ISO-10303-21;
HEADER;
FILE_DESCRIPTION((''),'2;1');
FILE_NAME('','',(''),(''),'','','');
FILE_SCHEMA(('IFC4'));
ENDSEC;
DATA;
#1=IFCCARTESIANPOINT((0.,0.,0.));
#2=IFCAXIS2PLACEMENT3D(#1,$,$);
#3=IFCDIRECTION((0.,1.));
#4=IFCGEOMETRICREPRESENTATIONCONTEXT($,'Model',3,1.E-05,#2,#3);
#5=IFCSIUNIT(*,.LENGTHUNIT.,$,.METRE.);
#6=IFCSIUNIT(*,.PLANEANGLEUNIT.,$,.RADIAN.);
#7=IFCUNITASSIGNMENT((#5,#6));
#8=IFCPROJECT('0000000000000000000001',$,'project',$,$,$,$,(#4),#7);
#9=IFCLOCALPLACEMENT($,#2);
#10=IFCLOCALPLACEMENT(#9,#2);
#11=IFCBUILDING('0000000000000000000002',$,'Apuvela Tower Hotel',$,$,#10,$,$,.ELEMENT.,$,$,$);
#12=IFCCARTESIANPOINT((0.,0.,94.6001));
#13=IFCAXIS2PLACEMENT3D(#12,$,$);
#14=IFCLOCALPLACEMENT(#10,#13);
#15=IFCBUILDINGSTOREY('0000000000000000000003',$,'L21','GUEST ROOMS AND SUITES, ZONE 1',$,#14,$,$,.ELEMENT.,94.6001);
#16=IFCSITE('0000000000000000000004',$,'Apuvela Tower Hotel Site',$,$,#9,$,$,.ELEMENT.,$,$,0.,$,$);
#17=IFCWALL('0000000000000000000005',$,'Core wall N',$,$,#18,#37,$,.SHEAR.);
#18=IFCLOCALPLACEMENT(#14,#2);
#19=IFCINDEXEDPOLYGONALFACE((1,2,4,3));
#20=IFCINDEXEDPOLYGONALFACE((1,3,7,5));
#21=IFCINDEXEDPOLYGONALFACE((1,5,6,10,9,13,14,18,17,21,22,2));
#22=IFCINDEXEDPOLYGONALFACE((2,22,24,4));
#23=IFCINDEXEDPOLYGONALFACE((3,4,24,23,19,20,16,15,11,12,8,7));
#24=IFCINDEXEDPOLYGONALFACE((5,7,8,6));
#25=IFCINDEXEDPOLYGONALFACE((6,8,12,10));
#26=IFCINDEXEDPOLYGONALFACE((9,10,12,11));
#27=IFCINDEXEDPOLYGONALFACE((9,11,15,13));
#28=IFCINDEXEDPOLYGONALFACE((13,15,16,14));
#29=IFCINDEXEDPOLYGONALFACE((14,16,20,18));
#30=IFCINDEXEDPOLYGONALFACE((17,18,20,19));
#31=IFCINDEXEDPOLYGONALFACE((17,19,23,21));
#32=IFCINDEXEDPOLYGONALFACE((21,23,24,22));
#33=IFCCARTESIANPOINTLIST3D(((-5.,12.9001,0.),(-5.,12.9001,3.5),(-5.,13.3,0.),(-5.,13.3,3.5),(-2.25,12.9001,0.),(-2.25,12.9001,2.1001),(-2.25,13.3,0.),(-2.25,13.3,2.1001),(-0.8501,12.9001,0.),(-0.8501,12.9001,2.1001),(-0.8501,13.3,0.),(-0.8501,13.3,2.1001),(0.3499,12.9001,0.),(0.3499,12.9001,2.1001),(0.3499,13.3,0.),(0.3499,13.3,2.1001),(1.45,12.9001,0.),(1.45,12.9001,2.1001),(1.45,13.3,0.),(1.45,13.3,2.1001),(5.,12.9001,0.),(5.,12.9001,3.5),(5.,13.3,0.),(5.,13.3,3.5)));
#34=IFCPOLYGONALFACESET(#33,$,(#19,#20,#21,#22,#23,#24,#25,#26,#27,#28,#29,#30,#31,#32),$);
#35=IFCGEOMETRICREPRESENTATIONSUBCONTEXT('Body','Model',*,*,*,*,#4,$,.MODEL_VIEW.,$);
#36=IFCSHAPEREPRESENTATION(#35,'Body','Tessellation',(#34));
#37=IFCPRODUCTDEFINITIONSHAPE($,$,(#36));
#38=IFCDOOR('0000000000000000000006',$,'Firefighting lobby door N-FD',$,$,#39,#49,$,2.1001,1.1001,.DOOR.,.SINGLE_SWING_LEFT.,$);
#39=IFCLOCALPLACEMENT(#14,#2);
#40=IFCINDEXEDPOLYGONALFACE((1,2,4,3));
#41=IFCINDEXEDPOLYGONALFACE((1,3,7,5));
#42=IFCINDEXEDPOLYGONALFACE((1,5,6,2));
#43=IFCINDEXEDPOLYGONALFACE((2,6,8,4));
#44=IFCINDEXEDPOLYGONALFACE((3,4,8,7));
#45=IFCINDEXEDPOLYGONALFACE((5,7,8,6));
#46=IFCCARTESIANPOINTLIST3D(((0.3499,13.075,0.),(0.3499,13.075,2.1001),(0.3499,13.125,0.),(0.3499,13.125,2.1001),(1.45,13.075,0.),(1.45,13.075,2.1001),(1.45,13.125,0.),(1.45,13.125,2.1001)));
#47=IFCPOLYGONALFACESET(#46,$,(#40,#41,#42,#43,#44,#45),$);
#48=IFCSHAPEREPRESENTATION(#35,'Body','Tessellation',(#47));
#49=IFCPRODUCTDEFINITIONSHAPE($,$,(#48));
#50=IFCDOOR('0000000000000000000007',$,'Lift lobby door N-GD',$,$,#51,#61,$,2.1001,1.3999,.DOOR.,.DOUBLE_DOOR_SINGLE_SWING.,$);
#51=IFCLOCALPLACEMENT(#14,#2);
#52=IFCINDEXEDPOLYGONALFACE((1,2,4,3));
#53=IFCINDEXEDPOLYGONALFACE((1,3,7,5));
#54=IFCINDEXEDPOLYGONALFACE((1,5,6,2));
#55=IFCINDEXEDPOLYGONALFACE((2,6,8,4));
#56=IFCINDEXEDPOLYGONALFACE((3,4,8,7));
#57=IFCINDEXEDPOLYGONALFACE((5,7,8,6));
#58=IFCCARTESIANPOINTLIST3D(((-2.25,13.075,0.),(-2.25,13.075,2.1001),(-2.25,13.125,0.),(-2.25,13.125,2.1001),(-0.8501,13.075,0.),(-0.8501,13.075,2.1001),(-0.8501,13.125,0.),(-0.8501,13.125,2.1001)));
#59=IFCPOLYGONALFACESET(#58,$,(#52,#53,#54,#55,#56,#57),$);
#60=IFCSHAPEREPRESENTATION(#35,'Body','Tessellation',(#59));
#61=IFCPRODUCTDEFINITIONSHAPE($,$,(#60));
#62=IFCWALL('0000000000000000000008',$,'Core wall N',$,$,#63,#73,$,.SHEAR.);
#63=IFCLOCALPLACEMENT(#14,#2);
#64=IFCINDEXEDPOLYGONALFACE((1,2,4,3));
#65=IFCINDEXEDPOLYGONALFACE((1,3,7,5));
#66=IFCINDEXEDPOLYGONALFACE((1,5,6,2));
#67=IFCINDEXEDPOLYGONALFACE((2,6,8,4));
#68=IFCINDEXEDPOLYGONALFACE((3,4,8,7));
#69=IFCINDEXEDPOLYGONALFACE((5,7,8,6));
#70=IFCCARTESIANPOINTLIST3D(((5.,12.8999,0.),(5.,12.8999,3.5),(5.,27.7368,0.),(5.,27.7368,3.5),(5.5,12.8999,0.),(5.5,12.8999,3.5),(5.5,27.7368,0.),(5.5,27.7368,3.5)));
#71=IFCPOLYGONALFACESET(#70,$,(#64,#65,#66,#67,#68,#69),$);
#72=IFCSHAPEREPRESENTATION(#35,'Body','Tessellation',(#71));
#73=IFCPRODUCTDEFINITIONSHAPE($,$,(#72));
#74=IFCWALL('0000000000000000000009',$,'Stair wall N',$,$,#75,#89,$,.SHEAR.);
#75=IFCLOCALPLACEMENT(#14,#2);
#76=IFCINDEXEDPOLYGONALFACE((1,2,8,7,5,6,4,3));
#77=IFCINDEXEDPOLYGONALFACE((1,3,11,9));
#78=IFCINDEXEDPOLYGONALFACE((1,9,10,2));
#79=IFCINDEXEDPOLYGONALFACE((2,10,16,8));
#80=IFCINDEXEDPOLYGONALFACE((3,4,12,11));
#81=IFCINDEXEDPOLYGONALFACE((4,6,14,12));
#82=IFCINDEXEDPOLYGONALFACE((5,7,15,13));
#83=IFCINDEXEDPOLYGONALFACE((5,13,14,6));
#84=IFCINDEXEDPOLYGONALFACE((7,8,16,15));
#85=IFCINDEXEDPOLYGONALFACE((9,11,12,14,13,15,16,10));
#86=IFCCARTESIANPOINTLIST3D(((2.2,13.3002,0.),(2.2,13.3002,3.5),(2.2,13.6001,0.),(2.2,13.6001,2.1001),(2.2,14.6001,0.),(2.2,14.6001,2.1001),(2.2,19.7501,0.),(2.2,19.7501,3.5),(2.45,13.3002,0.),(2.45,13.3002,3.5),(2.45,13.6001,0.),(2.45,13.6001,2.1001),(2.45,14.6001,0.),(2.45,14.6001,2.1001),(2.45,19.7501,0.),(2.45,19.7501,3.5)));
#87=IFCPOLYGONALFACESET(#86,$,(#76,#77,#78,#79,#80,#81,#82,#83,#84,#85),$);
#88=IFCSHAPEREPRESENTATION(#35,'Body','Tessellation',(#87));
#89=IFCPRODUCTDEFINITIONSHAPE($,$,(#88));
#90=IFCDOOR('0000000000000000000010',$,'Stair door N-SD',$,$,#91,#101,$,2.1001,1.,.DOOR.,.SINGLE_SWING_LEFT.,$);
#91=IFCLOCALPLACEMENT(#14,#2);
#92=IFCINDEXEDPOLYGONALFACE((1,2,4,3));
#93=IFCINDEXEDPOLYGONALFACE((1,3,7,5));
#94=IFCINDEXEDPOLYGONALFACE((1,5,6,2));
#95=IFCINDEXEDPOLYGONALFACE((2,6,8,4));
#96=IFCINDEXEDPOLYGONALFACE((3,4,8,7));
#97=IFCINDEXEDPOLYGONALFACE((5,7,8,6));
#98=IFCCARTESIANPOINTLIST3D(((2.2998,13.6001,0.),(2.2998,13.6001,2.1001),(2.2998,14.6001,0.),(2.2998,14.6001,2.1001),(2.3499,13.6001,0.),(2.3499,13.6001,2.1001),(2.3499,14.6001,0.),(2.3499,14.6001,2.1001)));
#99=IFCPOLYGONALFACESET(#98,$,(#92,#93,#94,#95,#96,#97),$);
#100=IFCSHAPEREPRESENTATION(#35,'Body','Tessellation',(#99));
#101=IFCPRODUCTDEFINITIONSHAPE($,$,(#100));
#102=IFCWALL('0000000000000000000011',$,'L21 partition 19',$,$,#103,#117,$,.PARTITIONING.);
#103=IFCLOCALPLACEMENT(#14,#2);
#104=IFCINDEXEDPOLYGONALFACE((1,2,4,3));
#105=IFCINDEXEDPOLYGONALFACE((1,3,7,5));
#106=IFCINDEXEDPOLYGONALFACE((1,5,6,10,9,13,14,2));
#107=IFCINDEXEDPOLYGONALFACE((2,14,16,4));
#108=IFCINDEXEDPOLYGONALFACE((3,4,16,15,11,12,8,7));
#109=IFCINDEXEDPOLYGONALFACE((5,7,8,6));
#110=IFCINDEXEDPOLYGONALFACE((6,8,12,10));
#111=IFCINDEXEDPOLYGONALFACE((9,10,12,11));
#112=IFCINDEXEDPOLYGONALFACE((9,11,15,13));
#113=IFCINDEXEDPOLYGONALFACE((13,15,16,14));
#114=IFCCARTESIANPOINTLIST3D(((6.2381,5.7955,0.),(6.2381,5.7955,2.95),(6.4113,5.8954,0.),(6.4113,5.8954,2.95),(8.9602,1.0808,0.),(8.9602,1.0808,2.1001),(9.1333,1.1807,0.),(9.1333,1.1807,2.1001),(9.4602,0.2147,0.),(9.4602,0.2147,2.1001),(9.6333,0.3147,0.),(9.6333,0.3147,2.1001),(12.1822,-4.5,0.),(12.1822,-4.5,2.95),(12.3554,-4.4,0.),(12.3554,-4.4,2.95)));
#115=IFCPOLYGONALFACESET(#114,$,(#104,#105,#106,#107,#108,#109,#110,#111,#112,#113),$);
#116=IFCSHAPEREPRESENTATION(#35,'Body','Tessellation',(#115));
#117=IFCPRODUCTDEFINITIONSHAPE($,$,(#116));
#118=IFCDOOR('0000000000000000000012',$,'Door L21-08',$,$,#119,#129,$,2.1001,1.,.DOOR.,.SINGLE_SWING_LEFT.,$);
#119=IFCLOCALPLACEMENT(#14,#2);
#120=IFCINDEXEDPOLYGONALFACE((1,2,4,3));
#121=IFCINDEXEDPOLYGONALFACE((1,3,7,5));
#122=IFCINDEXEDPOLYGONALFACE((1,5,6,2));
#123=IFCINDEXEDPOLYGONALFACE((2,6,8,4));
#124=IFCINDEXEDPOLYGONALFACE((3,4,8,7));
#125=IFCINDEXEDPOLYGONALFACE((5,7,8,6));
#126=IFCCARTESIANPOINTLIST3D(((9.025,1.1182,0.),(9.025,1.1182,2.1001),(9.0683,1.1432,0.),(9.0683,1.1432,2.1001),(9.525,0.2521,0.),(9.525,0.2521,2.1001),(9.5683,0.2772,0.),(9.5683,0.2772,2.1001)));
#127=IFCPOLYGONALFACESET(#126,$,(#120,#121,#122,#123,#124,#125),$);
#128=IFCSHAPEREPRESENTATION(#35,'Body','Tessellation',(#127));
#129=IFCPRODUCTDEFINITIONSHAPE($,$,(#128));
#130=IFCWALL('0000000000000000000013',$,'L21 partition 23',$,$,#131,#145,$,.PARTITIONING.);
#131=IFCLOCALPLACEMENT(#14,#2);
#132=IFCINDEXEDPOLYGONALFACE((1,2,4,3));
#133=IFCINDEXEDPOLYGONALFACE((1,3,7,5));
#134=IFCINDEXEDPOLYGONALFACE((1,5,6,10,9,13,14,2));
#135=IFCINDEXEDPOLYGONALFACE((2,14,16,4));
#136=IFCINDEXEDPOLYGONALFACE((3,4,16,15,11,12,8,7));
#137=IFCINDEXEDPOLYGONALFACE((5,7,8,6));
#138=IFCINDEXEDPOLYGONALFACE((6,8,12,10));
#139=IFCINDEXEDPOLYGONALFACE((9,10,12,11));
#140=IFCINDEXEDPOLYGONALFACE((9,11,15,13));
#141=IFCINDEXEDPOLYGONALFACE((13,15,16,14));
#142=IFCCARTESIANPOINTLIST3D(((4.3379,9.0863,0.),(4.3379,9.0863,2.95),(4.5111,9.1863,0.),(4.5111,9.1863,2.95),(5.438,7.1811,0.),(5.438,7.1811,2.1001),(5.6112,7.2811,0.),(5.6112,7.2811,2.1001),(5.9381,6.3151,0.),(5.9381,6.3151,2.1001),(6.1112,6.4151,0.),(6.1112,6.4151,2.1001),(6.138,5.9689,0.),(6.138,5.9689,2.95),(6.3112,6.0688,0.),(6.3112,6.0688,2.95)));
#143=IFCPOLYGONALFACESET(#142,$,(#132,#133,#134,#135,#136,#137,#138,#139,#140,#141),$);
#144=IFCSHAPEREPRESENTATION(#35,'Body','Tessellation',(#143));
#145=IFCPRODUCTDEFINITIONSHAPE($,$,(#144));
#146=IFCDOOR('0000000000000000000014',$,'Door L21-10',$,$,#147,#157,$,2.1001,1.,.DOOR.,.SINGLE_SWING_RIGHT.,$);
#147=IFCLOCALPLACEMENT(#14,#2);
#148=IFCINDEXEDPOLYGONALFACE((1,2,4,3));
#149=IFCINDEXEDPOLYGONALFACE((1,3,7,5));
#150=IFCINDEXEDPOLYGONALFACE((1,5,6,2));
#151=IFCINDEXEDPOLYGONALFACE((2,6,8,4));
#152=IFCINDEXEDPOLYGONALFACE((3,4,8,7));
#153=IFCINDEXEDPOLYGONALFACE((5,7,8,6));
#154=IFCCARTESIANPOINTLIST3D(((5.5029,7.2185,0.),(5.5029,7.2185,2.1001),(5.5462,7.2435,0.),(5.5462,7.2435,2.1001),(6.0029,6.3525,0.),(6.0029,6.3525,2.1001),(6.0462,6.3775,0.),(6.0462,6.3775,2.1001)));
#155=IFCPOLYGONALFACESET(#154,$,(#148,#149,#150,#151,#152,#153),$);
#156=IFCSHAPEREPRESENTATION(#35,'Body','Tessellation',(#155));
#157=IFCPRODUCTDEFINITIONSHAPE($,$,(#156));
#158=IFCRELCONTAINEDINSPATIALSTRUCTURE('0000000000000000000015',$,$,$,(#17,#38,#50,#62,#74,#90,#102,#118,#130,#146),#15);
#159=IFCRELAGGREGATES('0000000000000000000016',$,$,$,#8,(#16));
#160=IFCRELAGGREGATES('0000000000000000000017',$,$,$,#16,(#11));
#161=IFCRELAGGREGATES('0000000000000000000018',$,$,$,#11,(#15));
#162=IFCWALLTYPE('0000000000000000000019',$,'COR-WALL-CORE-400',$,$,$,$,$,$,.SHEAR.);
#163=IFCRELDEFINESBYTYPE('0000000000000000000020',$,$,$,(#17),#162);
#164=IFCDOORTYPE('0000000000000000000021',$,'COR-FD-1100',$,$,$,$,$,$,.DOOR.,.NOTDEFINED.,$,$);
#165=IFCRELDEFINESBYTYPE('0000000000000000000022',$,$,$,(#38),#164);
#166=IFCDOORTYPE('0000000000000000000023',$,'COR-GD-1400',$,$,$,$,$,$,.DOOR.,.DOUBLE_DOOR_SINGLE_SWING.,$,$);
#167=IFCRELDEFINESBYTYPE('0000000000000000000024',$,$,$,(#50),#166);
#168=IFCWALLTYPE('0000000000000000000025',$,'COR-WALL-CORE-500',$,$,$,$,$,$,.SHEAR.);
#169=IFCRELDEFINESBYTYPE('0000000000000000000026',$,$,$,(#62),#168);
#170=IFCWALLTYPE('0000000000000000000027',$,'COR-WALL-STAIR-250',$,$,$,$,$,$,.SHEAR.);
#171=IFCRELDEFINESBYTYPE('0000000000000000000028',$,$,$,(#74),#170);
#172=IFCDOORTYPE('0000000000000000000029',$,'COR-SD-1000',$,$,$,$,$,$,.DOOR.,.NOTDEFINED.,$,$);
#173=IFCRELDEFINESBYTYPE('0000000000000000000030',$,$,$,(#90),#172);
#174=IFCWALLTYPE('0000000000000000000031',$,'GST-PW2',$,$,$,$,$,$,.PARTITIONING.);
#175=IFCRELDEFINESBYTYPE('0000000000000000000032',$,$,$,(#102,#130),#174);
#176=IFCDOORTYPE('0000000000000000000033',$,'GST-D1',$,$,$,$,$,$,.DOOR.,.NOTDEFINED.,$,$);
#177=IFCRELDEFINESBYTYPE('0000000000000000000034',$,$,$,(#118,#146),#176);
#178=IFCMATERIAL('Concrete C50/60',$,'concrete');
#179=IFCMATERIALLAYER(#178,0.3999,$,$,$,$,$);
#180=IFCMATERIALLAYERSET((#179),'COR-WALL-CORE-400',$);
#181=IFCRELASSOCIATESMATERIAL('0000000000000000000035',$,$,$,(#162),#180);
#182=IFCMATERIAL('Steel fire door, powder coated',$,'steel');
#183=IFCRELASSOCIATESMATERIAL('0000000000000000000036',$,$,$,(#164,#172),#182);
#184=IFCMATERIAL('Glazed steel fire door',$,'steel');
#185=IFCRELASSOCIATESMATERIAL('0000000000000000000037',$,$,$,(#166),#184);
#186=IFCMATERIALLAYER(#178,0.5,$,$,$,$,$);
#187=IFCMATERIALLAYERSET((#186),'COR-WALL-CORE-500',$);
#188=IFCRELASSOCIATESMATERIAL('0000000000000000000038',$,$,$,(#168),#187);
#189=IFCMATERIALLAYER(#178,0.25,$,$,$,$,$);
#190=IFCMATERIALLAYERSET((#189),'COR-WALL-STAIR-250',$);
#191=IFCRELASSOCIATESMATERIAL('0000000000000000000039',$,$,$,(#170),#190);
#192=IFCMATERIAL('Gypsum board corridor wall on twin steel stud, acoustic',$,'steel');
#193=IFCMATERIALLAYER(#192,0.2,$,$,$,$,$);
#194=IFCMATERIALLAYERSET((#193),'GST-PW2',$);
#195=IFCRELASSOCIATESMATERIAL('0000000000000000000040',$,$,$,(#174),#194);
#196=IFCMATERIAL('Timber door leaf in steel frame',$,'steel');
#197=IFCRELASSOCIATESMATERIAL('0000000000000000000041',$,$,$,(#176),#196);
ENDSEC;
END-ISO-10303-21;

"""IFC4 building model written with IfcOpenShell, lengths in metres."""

from ifc_helpers import new_model, si_unit, direction, frame, frame_2d, origin, place, context, subcontext, project, spatial, rectangle, extrude, material, layer, layer_set, type_object, element, fill, save


model = new_model("IFC4")

# Units and contexts
model_context = context("Model", 3, precision=1e-05, world=origin(), true_north=direction((0.0, 1.0)))
body_context = subcontext(model_context, "Body", "Model", "MODEL_VIEW")
ifc_project = project(units=[si_unit("LENGTHUNIT", "METRE"), si_unit("PLANEANGLEUNIT", "RADIAN")], contexts=[model_context])

# Site, building, storey
site_placement = place(None, origin())
site = spatial("IfcSite", under=ifc_project, at=site_placement, Name="Apuvela Tower Hotel Site", CompositionType="ELEMENT", RefElevation=0.0)
building_placement = place(site_placement, origin())
building = spatial("IfcBuilding", under=site, at=building_placement, Name="Apuvela Tower Hotel", CompositionType="ELEMENT")
storey_placement = place(building_placement, frame((0.0, 0.0, 94.6001)))
storey = spatial("IfcBuildingStorey", under=building, at=storey_placement, Name="L21", Description="GUEST ROOMS AND SUITES, ZONE 1", CompositionType="ELEMENT", Elevation=94.6001)

# Shared definitions
ifc_material_1 = material(Name="Concrete C50/60", Category="concrete")

# Wall, openings, doors
ifc_layer_1 = layer(ifc_material_1, 0.3999)
ifc_layer_set_1 = layer_set([ifc_layer_1], Name="COR-WALL-CORE-400")
wall_type_1 = type_object("IfcWallType", Name="COR-WALL-CORE-400", PredefinedType="SHEAR", material=ifc_layer_set_1)
wall_1_placement = place(storey_placement, frame((5.0, 13.1001, 0.0), z_axis=(0.0, 0.0, 1.0), x_axis=(-1.0, 0.0, 0.0)))
wall_1 = element("IfcWall", 1, at=wall_1_placement, inside=storey, type_object=wall_type_1, Name="Core wall N", PredefinedType="SHEAR", context=body_context, shape_type="SweptSolid", body=[
    extrude(rectangle(XDim=10.0, YDim=0.3999, at=frame_2d((5.0, 0.0))), origin(), (0.0, 0.0, 1.0), 3.5),
])
opening_1_placement = place(wall_1_placement, frame((3.55, 0.0, 0.0)))
opening_1 = element("IfcOpeningElement", 2, at=opening_1_placement, cuts=wall_1, PredefinedType="OPENING", context=body_context, shape_type="SweptSolid", body=[
    extrude(rectangle(XDim=1.1001, YDim=2.1001, at=frame_2d((0.55, 1.05))), frame((0.0, 0.21, 0.0), z_axis=(0.0, -1.0, 0.0), x_axis=(1.0, 0.0, 0.0)), (0.0, 0.0, 1.0), 0.4199),
])
opening_2_placement = place(wall_1_placement, frame((5.8501, 0.0, 0.0)))
opening_2 = element("IfcOpeningElement", 3, at=opening_2_placement, cuts=wall_1, PredefinedType="OPENING", context=body_context, shape_type="SweptSolid", body=[
    extrude(rectangle(XDim=1.3999, YDim=2.1001, at=frame_2d((0.7, 1.05))), frame((0.0, 0.21, 0.0), z_axis=(0.0, -1.0, 0.0), x_axis=(1.0, 0.0, 0.0)), (0.0, 0.0, 1.0), 0.4199),
])
ifc_material_2 = material(Name="Steel fire door, powder coated", Category="steel")
door_type_1 = type_object("IfcDoorType", Name="COR-FD-1100", OperationType="NOTDEFINED", PredefinedType="DOOR", material=ifc_material_2)
door_1_placement = place(opening_1_placement, frame((1.1001, 0.0, 0.0), z_axis=(0.0, 0.0, 1.0), x_axis=(-1.0, 0.0, 0.0)))
door_1 = element("IfcDoor", 4, at=door_1_placement, inside=storey, type_object=door_type_1, Name="Firefighting lobby door N-FD", OperationType="SINGLE_SWING_LEFT", OverallHeight=2.1001, OverallWidth=1.1001, PredefinedType="DOOR", context=body_context, shape_type="SweptSolid", body=[
    extrude(rectangle(XDim=1.1001, YDim=2.1001, at=frame_2d((0.55, 1.05))), frame((0.0, 0.0249, 0.0), z_axis=(0.0, -1.0, 0.0), x_axis=(1.0, 0.0, 0.0)), (0.0, 0.0, 1.0), 0.05),
])
fill(opening_1, door_1)
ifc_material_3 = material(Name="Glazed steel fire door", Category="steel")
door_type_2 = type_object("IfcDoorType", Name="COR-GD-1400", OperationType="DOUBLE_DOOR_SINGLE_SWING", PredefinedType="DOOR", material=ifc_material_3)
door_2_placement = place(opening_2_placement, frame((1.3999, 0.0, 0.0), z_axis=(0.0, 0.0, 1.0), x_axis=(-1.0, 0.0, 0.0)))
door_2 = element("IfcDoor", 5, at=door_2_placement, inside=storey, type_object=door_type_2, Name="Lift lobby door N-GD", OperationType="DOUBLE_DOOR_SINGLE_SWING", OverallHeight=2.1001, OverallWidth=1.3999, PredefinedType="DOOR", context=body_context, shape_type="SweptSolid", body=[
    extrude(rectangle(XDim=1.3999, YDim=2.1001, at=frame_2d((0.7, 1.05))), frame((0.0, 0.0249, 0.0), z_axis=(0.0, -1.0, 0.0), x_axis=(1.0, 0.0, 0.0)), (0.0, 0.0, 1.0), 0.05),
])
fill(opening_2, door_2)

# Wall
ifc_layer_2 = layer(ifc_material_1, 0.5)
ifc_layer_set_2 = layer_set([ifc_layer_2], Name="COR-WALL-CORE-500")
wall_type_2 = type_object("IfcWallType", Name="COR-WALL-CORE-500", PredefinedType="SHEAR", material=ifc_layer_set_2)
wall_2_placement = place(storey_placement, frame((5.25, 12.8999, 0.0), z_axis=(0.0, 0.0, 1.0), x_axis=(0.0, 1.0, 0.0)))
element("IfcWall", 6, at=wall_2_placement, inside=storey, type_object=wall_type_2, Name="Core wall N", PredefinedType="SHEAR", context=body_context, shape_type="SweptSolid", body=[
    extrude(rectangle(XDim=14.8369, YDim=0.5, at=frame_2d((7.4185, 0.0))), origin(), (0.0, 0.0, 1.0), 3.5),
])

# Walls, openings, doors
ifc_layer_3 = layer(ifc_material_1, 0.25)
ifc_layer_set_3 = layer_set([ifc_layer_3], Name="COR-WALL-STAIR-250")
wall_type_3 = type_object("IfcWallType", Name="COR-WALL-STAIR-250", PredefinedType="SHEAR", material=ifc_layer_set_3)
wall_3_placement = place(storey_placement, frame((2.325, 13.3, 0.0), z_axis=(0.0, 0.0, 1.0), x_axis=(0.0, 1.0, 0.0)))
wall_3 = element("IfcWall", 7, at=wall_3_placement, inside=storey, type_object=wall_type_3, Name="Stair wall N", PredefinedType="SHEAR", context=body_context, shape_type="SweptSolid", body=[
    extrude(rectangle(XDim=6.45, YDim=0.25, at=frame_2d((3.2251, 0.0))), origin(), (0.0, 0.0, 1.0), 3.5),
])
opening_3_placement = place(wall_3_placement, frame((0.3, 0.0, 0.0)))
opening_3 = element("IfcOpeningElement", 8, at=opening_3_placement, cuts=wall_3, PredefinedType="OPENING", context=body_context, shape_type="SweptSolid", body=[
    extrude(rectangle(XDim=1.0, YDim=2.1001, at=frame_2d((0.5, 1.05))), frame((0.0, 0.135, 0.0), z_axis=(0.0, -1.0, 0.0), x_axis=(1.0, 0.0, 0.0)), (0.0, 0.0, 1.0), 0.27),
])
door_type_3 = type_object("IfcDoorType", Name="COR-SD-1000", OperationType="NOTDEFINED", PredefinedType="DOOR", material=ifc_material_2)
door_3_placement = place(opening_3_placement, frame((1.0, 0.0, 0.0), z_axis=(0.0, 0.0, 1.0), x_axis=(-1.0, 0.0, 0.0)))
door_3 = element("IfcDoor", 9, at=door_3_placement, inside=storey, type_object=door_type_3, Name="Stair door N-SD", OperationType="SINGLE_SWING_LEFT", OverallHeight=2.1001, OverallWidth=1.0, PredefinedType="DOOR", context=body_context, shape_type="SweptSolid", body=[
    extrude(rectangle(XDim=1.0, YDim=2.1001, at=frame_2d((0.5, 1.05))), frame((0.0, 0.0249, 0.0), z_axis=(0.0, -1.0, 0.0), x_axis=(1.0, 0.0, 0.0)), (0.0, 0.0, 1.0), 0.05),
])
fill(opening_3, door_3)
ifc_material_4 = material(Name="Gypsum board corridor wall on twin steel stud, acoustic", Category="steel")
ifc_layer_4 = layer(ifc_material_4, 0.2)
ifc_layer_set_4 = layer_set([ifc_layer_4], Name="GST-PW2")
wall_type_4 = type_object("IfcWallType", Name="GST-PW2", PredefinedType="PARTITIONING", material=ifc_layer_set_4)
wall_4_placement = place(storey_placement, frame((6.3247, 5.8455, 0.0), z_axis=(0.0, 0.0, 1.0), x_axis=(0.500002, -0.866024, 0.0)))
wall_4 = element("IfcWall", 10, at=wall_4_placement, inside=storey, type_object=wall_type_4, Name="L21 partition 19", PredefinedType="PARTITIONING", context=body_context, shape_type="SweptSolid", body=[
    extrude(rectangle(XDim=11.8882, YDim=0.2, at=frame_2d((5.9441, 0.0))), origin(), (0.0, 0.0, 1.0), 2.95),
])
opening_4_placement = place(wall_4_placement, frame((5.4441, 0.0, 0.0)))
opening_4 = element("IfcOpeningElement", 11, at=opening_4_placement, cuts=wall_4, PredefinedType="OPENING", context=body_context, shape_type="SweptSolid", body=[
    extrude(rectangle(XDim=1.0, YDim=2.1001, at=frame_2d((0.5, 1.05))), frame((0.0, 0.1099, 0.0), z_axis=(0.0, -1.0, 0.0), x_axis=(1.0, 0.0, 0.0)), (0.0, 0.0, 1.0), 0.22),
])
ifc_material_5 = material(Name="Timber door leaf in steel frame", Category="steel")
door_type_4 = type_object("IfcDoorType", Name="GST-D1", OperationType="NOTDEFINED", PredefinedType="DOOR", material=ifc_material_5)
door_4_placement = place(opening_4_placement, origin())
door_4 = element("IfcDoor", 12, at=door_4_placement, inside=storey, type_object=door_type_4, Name="Door L21-08", OperationType="SINGLE_SWING_LEFT", OverallHeight=2.1001, OverallWidth=1.0, PredefinedType="DOOR", context=body_context, shape_type="SweptSolid", body=[
    extrude(rectangle(XDim=1.0, YDim=2.1001, at=frame_2d((0.5, 1.05))), frame((0.0, 0.0249, 0.0), z_axis=(0.0, -1.0, 0.0), x_axis=(1.0, 0.0, 0.0)), (0.0, 0.0, 1.0), 0.05),
])
fill(opening_4, door_4)
wall_5_placement = place(storey_placement, frame((4.4246, 9.1362, 0.0), z_axis=(0.0, 0.0, 1.0), x_axis=(0.500041, -0.866001, 0.0)))
wall_5 = element("IfcWall", 13, at=wall_5_placement, inside=storey, type_object=wall_type_4, Name="L21 partition 23", PredefinedType="PARTITIONING", context=body_context, shape_type="SweptSolid", body=[
    extrude(rectangle(XDim=3.5999, YDim=0.2, at=frame_2d((1.7998, 0.0))), origin(), (0.0, 0.0, 1.0), 2.95),
])
opening_5_placement = place(wall_5_placement, frame((2.2, 0.0, 0.0)))
opening_5 = element("IfcOpeningElement", 14, at=opening_5_placement, cuts=wall_5, PredefinedType="OPENING", context=body_context, shape_type="SweptSolid", body=[
    extrude(rectangle(XDim=1.0, YDim=2.1001, at=frame_2d((0.5, 1.05))), frame((0.0, 0.1099, 0.0), z_axis=(0.0, -1.0, 0.0), x_axis=(1.0, 0.0, 0.0)), (0.0, 0.0, 1.0), 0.22),
])
door_5_placement = place(opening_5_placement, origin())
door_5 = element("IfcDoor", 15, at=door_5_placement, inside=storey, type_object=door_type_4, Name="Door L21-10", OperationType="SINGLE_SWING_RIGHT", OverallHeight=2.1001, OverallWidth=1.0, PredefinedType="DOOR", context=body_context, shape_type="SweptSolid", body=[
    extrude(rectangle(XDim=1.0, YDim=2.1001, at=frame_2d((0.5, 1.05))), frame((0.0, 0.0249, 0.0), z_axis=(0.0, -1.0, 0.0), x_axis=(1.0, 0.0, 0.0)), (0.0, 0.0, 1.0), 0.05),
])
fill(opening_5, door_5)

save(model, "model.ifc")
